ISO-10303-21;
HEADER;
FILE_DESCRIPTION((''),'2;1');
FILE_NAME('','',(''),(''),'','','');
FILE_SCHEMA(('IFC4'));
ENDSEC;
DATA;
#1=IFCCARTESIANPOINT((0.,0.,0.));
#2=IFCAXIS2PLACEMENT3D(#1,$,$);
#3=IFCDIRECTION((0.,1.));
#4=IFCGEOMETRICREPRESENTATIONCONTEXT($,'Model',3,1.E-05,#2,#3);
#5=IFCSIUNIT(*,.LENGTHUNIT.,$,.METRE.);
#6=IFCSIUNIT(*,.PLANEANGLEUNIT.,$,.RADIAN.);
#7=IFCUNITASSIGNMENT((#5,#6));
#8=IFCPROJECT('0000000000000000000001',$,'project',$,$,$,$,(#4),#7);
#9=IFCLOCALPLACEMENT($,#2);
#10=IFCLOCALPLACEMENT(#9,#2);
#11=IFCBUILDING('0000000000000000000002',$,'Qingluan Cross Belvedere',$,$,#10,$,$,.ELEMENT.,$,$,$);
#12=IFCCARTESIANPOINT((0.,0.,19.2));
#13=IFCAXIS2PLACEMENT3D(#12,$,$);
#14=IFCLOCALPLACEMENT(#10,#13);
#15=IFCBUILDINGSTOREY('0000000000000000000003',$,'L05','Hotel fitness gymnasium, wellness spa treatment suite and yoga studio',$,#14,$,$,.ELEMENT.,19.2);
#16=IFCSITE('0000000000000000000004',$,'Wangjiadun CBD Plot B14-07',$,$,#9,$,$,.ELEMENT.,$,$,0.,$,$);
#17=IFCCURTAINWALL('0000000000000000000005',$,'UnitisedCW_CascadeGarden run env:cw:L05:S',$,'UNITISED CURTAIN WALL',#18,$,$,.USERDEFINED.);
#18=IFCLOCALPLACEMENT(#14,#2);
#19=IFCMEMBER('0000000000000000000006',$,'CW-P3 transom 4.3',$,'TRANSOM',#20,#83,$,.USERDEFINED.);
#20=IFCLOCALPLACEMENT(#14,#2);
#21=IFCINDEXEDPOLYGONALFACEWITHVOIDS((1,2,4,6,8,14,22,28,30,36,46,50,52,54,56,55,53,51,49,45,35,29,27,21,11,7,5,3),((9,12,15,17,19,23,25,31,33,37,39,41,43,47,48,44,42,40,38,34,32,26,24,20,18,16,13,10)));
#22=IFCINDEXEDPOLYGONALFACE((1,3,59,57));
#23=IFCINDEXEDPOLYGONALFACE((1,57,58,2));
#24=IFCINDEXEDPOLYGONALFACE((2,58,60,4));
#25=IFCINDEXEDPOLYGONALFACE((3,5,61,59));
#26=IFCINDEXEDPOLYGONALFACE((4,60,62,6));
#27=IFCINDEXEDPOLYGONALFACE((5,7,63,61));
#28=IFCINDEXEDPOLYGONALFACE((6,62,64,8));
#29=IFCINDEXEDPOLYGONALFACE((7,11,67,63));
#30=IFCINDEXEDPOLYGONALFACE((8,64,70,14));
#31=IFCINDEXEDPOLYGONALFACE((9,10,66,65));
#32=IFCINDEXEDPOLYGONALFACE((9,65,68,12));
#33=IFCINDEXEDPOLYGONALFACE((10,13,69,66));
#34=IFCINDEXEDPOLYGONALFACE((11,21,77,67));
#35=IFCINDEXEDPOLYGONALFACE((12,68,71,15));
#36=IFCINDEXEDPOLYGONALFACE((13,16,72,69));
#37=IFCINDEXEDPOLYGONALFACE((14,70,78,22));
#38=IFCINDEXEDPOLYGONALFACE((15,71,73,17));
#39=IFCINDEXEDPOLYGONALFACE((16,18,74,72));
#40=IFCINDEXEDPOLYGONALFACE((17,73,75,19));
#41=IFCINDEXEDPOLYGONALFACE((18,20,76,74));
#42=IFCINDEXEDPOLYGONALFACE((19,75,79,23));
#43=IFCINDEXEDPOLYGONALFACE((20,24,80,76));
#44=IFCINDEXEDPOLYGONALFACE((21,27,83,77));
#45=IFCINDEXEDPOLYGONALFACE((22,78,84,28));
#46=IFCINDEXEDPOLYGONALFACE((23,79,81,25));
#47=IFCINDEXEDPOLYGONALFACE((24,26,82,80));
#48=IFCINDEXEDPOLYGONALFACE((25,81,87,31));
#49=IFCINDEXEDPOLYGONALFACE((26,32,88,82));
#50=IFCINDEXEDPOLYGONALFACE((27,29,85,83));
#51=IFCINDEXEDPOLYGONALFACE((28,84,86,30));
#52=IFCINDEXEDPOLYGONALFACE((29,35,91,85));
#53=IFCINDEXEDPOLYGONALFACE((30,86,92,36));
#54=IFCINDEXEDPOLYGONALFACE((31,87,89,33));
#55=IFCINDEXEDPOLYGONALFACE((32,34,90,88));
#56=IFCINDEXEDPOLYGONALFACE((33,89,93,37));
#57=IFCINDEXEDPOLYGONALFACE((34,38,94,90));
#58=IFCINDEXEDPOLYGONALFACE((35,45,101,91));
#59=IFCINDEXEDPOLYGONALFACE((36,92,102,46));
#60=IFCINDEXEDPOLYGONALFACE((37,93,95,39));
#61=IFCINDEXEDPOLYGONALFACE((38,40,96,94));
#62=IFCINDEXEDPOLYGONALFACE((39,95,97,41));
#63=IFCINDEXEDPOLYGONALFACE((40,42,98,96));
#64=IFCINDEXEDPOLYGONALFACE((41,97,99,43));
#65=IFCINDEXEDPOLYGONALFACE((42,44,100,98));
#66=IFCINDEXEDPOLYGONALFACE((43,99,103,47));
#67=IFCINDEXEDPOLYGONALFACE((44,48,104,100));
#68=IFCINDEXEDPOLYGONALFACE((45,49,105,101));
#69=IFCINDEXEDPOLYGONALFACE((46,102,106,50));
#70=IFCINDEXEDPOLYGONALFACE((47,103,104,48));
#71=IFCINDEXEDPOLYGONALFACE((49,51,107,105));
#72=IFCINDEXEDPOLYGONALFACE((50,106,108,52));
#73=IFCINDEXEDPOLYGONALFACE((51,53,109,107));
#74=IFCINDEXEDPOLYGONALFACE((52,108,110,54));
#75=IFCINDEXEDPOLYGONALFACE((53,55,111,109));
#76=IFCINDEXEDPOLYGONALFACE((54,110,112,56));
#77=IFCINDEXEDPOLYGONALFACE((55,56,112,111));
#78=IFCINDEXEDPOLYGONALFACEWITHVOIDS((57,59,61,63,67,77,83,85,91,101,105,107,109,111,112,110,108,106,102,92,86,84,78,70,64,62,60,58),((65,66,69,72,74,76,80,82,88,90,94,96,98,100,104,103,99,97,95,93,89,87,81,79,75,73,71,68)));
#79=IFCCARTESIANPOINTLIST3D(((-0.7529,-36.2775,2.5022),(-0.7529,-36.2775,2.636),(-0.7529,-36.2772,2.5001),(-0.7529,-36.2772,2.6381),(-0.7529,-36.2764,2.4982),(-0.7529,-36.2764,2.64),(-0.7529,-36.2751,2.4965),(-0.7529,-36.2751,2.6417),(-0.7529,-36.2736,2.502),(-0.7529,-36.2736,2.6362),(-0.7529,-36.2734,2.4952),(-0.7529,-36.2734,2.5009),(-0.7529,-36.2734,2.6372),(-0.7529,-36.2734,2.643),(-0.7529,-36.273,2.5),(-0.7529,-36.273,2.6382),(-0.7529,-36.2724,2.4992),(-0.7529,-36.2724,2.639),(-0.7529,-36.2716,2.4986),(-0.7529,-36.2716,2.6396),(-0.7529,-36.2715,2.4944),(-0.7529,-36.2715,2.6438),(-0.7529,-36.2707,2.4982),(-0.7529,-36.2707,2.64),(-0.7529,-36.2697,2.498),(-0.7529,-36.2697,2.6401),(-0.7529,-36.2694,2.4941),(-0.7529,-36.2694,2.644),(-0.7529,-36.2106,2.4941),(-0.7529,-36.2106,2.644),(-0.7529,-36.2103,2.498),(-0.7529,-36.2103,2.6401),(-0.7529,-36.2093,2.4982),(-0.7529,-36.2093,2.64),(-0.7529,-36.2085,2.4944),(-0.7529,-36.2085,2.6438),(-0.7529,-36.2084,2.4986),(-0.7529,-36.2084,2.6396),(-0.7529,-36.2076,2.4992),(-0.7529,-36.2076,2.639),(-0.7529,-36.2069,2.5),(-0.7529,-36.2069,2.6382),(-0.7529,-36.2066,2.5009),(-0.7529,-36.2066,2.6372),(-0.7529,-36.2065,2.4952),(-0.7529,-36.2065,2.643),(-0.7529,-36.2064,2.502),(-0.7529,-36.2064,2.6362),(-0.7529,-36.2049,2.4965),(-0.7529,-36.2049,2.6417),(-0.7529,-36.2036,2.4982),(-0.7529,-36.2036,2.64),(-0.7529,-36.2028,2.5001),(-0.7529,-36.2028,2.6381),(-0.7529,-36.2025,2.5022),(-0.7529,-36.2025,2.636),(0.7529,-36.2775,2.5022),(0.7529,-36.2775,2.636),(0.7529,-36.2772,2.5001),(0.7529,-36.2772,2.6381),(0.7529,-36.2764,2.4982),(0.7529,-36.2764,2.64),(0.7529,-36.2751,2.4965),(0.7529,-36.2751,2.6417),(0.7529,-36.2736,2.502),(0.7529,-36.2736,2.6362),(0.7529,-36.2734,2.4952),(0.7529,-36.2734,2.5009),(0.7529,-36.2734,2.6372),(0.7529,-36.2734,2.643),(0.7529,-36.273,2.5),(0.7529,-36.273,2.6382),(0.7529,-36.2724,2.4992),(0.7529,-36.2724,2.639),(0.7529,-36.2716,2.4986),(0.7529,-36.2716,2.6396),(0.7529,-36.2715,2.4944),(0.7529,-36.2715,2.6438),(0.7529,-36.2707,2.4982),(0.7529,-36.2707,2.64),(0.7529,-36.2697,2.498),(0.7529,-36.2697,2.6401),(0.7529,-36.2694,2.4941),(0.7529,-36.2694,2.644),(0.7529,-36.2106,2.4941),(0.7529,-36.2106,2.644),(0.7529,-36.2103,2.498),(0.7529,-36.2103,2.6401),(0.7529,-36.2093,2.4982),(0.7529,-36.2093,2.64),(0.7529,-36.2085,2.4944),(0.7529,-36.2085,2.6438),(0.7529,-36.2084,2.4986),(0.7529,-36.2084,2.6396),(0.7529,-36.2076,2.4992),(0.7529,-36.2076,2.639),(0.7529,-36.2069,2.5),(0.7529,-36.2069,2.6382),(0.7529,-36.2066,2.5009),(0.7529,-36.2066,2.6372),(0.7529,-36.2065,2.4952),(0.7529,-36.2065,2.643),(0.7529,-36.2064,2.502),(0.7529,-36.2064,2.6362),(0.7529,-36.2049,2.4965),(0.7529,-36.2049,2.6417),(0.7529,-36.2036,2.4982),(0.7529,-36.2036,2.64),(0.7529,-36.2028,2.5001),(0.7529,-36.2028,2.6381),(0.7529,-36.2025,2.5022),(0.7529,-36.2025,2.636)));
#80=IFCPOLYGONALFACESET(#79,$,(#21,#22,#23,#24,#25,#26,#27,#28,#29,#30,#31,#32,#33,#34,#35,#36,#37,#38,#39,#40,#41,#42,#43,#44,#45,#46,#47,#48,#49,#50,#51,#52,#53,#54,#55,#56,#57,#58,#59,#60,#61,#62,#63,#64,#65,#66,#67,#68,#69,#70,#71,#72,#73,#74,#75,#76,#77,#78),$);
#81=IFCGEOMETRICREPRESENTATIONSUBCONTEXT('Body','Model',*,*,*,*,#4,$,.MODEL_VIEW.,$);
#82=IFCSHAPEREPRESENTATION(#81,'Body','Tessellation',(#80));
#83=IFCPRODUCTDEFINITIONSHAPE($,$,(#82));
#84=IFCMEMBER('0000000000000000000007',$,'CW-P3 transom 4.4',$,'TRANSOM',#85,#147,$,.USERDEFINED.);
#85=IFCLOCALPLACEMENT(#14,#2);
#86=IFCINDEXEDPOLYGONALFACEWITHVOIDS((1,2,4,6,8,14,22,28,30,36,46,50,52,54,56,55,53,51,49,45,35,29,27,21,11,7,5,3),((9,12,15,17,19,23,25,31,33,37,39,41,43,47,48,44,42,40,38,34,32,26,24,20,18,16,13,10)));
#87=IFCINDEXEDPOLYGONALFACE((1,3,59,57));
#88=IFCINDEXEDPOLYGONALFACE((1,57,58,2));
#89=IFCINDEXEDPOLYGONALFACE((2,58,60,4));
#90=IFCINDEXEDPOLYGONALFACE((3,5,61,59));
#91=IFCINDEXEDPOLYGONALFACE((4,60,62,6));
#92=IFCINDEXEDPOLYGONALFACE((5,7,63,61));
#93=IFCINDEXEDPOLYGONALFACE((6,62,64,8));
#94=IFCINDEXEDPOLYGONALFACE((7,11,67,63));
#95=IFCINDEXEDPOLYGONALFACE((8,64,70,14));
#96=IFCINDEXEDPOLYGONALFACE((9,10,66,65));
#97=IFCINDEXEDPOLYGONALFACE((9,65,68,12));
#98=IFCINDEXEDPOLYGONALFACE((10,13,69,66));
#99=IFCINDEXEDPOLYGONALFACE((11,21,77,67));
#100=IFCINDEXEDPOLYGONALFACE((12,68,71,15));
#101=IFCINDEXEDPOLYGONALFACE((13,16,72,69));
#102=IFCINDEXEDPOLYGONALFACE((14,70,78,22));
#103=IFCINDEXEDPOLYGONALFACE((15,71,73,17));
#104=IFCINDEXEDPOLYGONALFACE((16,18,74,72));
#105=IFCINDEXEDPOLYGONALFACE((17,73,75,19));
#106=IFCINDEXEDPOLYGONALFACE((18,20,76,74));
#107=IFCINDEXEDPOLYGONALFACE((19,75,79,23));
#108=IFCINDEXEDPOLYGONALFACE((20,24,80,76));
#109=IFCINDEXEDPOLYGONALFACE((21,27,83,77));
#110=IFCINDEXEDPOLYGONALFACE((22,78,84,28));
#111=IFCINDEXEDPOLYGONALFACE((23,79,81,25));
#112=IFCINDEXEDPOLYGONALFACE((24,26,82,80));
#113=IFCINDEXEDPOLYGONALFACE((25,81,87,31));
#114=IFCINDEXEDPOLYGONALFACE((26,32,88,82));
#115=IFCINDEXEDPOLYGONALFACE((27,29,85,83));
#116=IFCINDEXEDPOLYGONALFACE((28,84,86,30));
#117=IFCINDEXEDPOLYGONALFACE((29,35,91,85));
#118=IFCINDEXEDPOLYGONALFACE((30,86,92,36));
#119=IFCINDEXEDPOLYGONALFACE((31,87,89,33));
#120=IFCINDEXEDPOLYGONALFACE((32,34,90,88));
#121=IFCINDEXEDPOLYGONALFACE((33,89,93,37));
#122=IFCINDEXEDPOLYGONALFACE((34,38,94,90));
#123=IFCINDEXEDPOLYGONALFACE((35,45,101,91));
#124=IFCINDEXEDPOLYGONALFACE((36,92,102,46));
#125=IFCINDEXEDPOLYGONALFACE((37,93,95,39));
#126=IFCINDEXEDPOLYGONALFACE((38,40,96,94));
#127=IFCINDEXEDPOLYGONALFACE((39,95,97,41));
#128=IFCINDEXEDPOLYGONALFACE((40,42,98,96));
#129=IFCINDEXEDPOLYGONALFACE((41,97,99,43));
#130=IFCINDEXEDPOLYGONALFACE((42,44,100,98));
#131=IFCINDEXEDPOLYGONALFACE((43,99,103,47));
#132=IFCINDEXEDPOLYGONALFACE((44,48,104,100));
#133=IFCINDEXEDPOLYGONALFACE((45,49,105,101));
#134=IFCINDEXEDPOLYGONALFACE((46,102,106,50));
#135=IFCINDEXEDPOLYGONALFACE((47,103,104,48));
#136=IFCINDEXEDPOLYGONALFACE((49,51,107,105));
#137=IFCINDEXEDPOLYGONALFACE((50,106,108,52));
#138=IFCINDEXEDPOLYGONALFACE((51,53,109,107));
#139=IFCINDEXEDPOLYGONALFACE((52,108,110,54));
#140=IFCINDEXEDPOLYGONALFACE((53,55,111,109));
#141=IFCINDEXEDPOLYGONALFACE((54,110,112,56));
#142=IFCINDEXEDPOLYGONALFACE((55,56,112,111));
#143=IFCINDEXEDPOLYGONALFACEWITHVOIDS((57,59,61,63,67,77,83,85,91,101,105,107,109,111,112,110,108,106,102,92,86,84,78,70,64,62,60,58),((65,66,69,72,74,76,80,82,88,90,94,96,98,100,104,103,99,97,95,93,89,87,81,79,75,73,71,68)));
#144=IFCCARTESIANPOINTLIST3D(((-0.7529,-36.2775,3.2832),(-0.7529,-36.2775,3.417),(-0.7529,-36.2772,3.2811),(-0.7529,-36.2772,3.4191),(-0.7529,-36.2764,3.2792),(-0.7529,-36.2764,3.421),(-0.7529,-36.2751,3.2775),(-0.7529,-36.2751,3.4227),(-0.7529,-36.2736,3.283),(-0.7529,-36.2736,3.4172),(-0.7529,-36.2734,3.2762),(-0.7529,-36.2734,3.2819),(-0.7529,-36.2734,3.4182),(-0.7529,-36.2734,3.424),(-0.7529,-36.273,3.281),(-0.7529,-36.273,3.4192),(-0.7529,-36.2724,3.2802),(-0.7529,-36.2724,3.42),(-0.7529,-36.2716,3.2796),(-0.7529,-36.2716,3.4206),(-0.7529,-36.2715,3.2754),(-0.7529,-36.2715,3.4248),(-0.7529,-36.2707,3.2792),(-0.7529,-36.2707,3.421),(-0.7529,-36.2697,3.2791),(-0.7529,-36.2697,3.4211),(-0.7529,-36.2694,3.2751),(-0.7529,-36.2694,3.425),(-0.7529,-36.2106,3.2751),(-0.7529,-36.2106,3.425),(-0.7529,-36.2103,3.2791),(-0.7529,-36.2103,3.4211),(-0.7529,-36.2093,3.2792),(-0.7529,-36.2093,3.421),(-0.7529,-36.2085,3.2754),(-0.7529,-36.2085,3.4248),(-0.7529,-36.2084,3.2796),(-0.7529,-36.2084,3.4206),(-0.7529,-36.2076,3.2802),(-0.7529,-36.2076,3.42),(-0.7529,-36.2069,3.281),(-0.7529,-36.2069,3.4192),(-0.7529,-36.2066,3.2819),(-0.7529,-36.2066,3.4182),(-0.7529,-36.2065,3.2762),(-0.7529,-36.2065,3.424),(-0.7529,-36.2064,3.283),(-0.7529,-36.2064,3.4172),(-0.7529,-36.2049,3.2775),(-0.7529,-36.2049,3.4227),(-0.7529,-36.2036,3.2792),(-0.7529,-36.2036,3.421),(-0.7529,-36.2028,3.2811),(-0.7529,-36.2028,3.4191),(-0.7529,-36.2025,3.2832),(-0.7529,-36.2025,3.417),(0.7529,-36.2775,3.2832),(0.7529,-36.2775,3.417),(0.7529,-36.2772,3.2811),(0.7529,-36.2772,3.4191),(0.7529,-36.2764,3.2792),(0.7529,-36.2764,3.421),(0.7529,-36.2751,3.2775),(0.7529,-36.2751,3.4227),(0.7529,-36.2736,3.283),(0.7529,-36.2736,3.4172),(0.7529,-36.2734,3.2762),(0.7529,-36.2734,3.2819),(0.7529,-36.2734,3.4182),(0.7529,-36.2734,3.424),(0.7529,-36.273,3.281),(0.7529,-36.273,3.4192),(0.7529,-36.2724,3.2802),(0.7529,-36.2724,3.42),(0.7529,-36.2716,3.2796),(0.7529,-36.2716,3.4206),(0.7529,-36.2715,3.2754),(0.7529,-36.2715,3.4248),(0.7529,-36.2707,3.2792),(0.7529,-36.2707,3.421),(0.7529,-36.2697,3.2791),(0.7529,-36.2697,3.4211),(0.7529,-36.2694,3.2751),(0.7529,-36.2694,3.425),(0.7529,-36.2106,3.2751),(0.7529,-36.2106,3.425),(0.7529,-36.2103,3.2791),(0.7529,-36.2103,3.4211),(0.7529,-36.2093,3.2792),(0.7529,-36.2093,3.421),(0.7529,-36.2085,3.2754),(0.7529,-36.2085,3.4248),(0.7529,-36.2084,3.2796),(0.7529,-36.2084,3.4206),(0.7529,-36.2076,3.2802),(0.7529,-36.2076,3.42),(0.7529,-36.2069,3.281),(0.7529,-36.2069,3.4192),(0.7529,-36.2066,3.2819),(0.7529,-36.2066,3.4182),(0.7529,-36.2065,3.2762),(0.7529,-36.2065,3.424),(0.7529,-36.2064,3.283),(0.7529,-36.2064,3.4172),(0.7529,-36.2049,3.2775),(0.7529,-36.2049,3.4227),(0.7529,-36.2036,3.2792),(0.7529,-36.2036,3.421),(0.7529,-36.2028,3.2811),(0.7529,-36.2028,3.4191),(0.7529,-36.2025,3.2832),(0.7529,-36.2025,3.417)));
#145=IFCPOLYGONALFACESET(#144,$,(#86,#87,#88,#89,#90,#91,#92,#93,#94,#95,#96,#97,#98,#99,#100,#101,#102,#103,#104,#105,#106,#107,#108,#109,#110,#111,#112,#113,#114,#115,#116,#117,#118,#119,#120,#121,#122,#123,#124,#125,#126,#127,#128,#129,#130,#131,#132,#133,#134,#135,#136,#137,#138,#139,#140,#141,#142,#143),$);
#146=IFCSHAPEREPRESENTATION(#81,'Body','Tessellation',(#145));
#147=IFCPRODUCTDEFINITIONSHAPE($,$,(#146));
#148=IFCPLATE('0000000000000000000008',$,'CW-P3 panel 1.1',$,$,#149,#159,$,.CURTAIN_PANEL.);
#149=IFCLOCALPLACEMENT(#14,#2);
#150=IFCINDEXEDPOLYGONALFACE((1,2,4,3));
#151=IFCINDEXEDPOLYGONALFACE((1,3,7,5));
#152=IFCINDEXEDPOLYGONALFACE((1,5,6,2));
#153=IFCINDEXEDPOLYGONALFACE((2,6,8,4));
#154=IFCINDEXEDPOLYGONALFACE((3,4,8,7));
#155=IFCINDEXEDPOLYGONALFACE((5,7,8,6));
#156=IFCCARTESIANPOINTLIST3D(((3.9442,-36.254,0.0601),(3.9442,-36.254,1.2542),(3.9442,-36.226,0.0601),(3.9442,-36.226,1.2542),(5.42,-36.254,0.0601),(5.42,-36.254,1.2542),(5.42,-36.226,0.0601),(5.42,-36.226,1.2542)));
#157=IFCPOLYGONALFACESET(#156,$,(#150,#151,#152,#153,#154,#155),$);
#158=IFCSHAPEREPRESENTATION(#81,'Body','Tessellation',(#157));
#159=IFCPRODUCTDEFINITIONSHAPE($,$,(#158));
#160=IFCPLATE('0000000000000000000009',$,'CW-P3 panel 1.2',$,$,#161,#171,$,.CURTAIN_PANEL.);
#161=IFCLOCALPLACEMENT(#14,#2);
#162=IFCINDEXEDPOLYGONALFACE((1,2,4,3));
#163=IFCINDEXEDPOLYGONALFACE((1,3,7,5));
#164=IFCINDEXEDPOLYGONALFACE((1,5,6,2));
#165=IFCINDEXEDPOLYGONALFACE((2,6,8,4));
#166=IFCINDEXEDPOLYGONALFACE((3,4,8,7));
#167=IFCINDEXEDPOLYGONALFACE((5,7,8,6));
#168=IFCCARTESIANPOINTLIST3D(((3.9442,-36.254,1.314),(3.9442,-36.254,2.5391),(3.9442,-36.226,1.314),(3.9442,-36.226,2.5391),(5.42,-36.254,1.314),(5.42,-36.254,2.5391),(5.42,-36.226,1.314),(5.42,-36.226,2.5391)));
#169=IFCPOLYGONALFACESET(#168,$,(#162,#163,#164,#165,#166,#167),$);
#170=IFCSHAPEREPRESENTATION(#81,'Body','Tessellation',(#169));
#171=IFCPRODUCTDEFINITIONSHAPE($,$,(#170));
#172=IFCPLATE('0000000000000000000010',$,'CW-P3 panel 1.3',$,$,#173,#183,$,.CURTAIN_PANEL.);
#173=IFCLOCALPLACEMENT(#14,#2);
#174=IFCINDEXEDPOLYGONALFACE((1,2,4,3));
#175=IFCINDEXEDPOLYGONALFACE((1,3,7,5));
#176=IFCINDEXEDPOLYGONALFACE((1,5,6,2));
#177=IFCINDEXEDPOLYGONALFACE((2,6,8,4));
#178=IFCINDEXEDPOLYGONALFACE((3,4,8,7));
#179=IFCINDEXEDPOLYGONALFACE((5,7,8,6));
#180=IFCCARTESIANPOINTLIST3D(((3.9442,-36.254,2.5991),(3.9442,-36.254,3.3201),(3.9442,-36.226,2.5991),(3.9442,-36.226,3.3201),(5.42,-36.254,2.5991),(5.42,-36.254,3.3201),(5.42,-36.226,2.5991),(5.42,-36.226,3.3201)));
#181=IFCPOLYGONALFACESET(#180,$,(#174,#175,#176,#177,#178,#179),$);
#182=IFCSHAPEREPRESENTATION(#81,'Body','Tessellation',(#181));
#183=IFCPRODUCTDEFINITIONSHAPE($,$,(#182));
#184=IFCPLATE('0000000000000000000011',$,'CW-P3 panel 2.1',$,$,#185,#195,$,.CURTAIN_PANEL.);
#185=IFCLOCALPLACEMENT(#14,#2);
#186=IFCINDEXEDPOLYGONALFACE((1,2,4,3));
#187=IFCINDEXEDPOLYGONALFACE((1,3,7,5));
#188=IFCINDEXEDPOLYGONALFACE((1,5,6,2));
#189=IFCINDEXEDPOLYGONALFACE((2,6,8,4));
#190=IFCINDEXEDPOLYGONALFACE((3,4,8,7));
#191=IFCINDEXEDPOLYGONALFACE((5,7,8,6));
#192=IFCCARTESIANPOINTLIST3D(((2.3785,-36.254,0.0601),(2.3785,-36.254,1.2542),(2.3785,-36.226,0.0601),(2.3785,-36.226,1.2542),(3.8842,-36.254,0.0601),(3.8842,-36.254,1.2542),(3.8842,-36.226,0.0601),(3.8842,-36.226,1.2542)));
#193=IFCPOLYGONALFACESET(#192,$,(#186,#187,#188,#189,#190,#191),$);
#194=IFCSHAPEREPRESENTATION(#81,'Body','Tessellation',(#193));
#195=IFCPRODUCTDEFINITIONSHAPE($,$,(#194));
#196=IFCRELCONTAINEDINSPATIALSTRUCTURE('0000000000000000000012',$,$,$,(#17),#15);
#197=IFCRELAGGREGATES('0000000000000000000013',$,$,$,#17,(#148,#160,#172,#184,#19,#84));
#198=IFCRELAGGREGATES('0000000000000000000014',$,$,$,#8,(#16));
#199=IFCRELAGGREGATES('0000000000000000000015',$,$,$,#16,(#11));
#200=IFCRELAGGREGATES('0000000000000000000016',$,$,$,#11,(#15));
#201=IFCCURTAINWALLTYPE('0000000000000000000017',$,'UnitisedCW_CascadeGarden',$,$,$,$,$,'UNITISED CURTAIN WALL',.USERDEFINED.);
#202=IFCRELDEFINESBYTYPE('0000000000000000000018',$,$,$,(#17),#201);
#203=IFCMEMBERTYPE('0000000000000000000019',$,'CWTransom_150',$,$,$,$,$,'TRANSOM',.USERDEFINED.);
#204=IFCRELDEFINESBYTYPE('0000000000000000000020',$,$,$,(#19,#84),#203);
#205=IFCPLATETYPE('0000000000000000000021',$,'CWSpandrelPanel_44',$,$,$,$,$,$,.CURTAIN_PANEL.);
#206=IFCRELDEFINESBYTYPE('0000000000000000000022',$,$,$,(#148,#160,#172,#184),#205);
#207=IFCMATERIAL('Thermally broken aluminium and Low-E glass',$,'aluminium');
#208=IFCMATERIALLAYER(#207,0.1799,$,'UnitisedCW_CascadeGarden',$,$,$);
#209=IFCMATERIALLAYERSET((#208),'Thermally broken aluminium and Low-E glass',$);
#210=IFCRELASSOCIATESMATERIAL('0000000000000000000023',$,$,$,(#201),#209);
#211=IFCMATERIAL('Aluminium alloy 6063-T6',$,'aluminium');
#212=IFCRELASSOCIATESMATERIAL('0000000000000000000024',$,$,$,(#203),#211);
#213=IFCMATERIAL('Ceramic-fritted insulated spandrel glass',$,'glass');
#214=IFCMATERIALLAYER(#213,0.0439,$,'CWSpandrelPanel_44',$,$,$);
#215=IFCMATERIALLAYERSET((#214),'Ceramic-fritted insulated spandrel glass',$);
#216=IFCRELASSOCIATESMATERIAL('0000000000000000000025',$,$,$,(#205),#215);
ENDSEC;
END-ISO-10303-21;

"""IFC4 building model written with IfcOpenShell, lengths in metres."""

from ifc_helpers import new_model, si_unit, direction, frame, origin, origin_2d, place, context, subcontext, project, spatial, rectangle, hollow_rectangle, extrude, material, layer, layer_set, material_profile, profile_set, type_object, element, aggregate, save


model = new_model("IFC4")

# Units and contexts
model_context = context("Model", 3, precision=1e-05, world=origin(), true_north=direction((0.0, 1.0)))
body_context = subcontext(model_context, "Body", "Model", "MODEL_VIEW")
ifc_project = project(units=[si_unit("LENGTHUNIT", "METRE"), si_unit("PLANEANGLEUNIT", "RADIAN")], contexts=[model_context])

# Site, building, storey
site_placement = place(None, origin())
site = spatial("IfcSite", under=ifc_project, at=site_placement, Name="Wangjiadun CBD Plot B14-07", CompositionType="ELEMENT", RefElevation=0.0)
building_placement = place(site_placement, origin())
building = spatial("IfcBuilding", under=site, at=building_placement, Name="Qingluan Cross Belvedere", CompositionType="ELEMENT")
storey_placement = place(building_placement, frame((0.0, 0.0, 19.2)))
storey = spatial("IfcBuildingStorey", under=building, at=storey_placement, Name="L05", Description="Hotel fitness gymnasium, wellness spa treatment suite and yoga studio", CompositionType="ELEMENT", Elevation=19.2)

# Curtain wall, members, plates
ifc_material_1 = material(Name="Thermally broken aluminium and Low-E glass", Category="aluminium")
ifc_layer_1 = layer(ifc_material_1, 0.1799, Name="UnitisedCW_CascadeGarden")
ifc_layer_set_1 = layer_set([ifc_layer_1], Name="Thermally broken aluminium and Low-E glass")
curtain_wall_type = type_object("IfcCurtainWallType", Name="UnitisedCW_CascadeGarden", ElementType="UNITISED CURTAIN WALL", PredefinedType="USERDEFINED", material=ifc_layer_set_1)
curtain_wall_placement = place(storey_placement, origin())
curtain_wall = element("IfcCurtainWall", 1, at=curtain_wall_placement, inside=storey, type_object=curtain_wall_type, Name="UnitisedCW_CascadeGarden run env:cw:L05:S", ObjectType="UNITISED CURTAIN WALL", PredefinedType="USERDEFINED")
ifc_material_2 = material(Name="Aluminium alloy 6063-T6", Category="aluminium")
ifc_material_profile_1 = material_profile(ifc_material_2, hollow_rectangle(XDim=0.075, YDim=0.1499, WallThickness=0.0039, InnerFilletRadius=0.0039, OuterFilletRadius=0.0081, at=origin_2d()), Name="CWT150x75x4")
ifc_profile_set_1 = profile_set([ifc_material_profile_1], Name="Aluminium alloy 6063-T6")
member_type_1 = type_object("IfcMemberType", Name="CWTransom_150", ElementType="TRANSOM", PredefinedType="USERDEFINED", material=ifc_profile_set_1)
member_1_placement = place(storey_placement, frame((0.7529, -36.24, 2.5691), z_axis=(-1.0, 0.0, 0.0), x_axis=(0.0, -1.0, 0.0)))
member_1 = element("IfcMember", 2, at=member_1_placement, type_object=member_type_1, Name="CW-P3 transom 4.3", ObjectType="TRANSOM", PredefinedType="USERDEFINED", context=body_context, shape_type="SweptSolid", body=[
    extrude(hollow_rectangle(XDim=0.075, YDim=0.1499, WallThickness=0.0039, InnerFilletRadius=0.0039, OuterFilletRadius=0.0081, at=origin_2d()), origin(), (0.0, 0.0, 1.0), 1.5059),
])
member_2_placement = place(storey_placement, frame((0.7529, -36.24, 3.3501), z_axis=(-1.0, 0.0, 0.0), x_axis=(0.0, -1.0, 0.0)))
member_2 = element("IfcMember", 3, at=member_2_placement, type_object=member_type_1, Name="CW-P3 transom 4.4", ObjectType="TRANSOM", PredefinedType="USERDEFINED", context=body_context, shape_type="SweptSolid", body=[
    extrude(hollow_rectangle(XDim=0.075, YDim=0.1499, WallThickness=0.0039, InnerFilletRadius=0.0039, OuterFilletRadius=0.0081, at=origin_2d()), origin(), (0.0, 0.0, 1.0), 1.5059),
])
ifc_material_3 = material(Name="Ceramic-fritted insulated spandrel glass", Category="glass")
ifc_layer_2 = layer(ifc_material_3, 0.0439, Name="CWSpandrelPanel_44")
ifc_layer_set_2 = layer_set([ifc_layer_2], Name="Ceramic-fritted insulated spandrel glass")
plate_type = type_object("IfcPlateType", Name="CWSpandrelPanel_44", PredefinedType="CURTAIN_PANEL", material=ifc_layer_set_2)
plate_1_placement = place(storey_placement, frame((4.6821, -36.24, 0.0601), z_axis=(0.0, 0.0, 1.0), x_axis=(-1.0, 0.0, 0.0)))
plate_1 = element("IfcPlate", 4, at=plate_1_placement, type_object=plate_type, Name="CW-P3 panel 1.1", PredefinedType="CURTAIN_PANEL", context=body_context, shape_type="SweptSolid", body=[
    extrude(rectangle(XDim=1.4758, YDim=0.0281, at=origin_2d()), origin(), (0.0, 0.0, 1.0), 1.1941),
])
plate_2_placement = place(storey_placement, frame((4.6821, -36.24, 1.314), z_axis=(0.0, 0.0, 1.0), x_axis=(-1.0, 0.0, 0.0)))
plate_2 = element("IfcPlate", 5, at=plate_2_placement, type_object=plate_type, Name="CW-P3 panel 1.2", PredefinedType="CURTAIN_PANEL", context=body_context, shape_type="SweptSolid", body=[
    extrude(rectangle(XDim=1.4758, YDim=0.0281, at=origin_2d()), origin(), (0.0, 0.0, 1.0), 1.2251),
])
plate_3_placement = place(storey_placement, frame((4.6821, -36.24, 2.5991), z_axis=(0.0, 0.0, 1.0), x_axis=(-1.0, 0.0, 0.0)))
plate_3 = element("IfcPlate", 6, at=plate_3_placement, type_object=plate_type, Name="CW-P3 panel 1.3", PredefinedType="CURTAIN_PANEL", context=body_context, shape_type="SweptSolid", body=[
    extrude(rectangle(XDim=1.4758, YDim=0.0281, at=origin_2d()), origin(), (0.0, 0.0, 1.0), 0.7209),
])
plate_4_placement = place(storey_placement, frame((3.1313, -36.24, 0.0601), z_axis=(0.0, 0.0, 1.0), x_axis=(-1.0, 0.0, 0.0)))
plate_4 = element("IfcPlate", 7, at=plate_4_placement, type_object=plate_type, Name="CW-P3 panel 2.1", PredefinedType="CURTAIN_PANEL", context=body_context, shape_type="SweptSolid", body=[
    extrude(rectangle(XDim=1.5056, YDim=0.0281, at=origin_2d()), origin(), (0.0, 0.0, 1.0), 1.1941),
])
aggregate(curtain_wall, [plate_1, plate_2, plate_3, plate_4, member_1, member_2])

save(model, "model.ifc")
